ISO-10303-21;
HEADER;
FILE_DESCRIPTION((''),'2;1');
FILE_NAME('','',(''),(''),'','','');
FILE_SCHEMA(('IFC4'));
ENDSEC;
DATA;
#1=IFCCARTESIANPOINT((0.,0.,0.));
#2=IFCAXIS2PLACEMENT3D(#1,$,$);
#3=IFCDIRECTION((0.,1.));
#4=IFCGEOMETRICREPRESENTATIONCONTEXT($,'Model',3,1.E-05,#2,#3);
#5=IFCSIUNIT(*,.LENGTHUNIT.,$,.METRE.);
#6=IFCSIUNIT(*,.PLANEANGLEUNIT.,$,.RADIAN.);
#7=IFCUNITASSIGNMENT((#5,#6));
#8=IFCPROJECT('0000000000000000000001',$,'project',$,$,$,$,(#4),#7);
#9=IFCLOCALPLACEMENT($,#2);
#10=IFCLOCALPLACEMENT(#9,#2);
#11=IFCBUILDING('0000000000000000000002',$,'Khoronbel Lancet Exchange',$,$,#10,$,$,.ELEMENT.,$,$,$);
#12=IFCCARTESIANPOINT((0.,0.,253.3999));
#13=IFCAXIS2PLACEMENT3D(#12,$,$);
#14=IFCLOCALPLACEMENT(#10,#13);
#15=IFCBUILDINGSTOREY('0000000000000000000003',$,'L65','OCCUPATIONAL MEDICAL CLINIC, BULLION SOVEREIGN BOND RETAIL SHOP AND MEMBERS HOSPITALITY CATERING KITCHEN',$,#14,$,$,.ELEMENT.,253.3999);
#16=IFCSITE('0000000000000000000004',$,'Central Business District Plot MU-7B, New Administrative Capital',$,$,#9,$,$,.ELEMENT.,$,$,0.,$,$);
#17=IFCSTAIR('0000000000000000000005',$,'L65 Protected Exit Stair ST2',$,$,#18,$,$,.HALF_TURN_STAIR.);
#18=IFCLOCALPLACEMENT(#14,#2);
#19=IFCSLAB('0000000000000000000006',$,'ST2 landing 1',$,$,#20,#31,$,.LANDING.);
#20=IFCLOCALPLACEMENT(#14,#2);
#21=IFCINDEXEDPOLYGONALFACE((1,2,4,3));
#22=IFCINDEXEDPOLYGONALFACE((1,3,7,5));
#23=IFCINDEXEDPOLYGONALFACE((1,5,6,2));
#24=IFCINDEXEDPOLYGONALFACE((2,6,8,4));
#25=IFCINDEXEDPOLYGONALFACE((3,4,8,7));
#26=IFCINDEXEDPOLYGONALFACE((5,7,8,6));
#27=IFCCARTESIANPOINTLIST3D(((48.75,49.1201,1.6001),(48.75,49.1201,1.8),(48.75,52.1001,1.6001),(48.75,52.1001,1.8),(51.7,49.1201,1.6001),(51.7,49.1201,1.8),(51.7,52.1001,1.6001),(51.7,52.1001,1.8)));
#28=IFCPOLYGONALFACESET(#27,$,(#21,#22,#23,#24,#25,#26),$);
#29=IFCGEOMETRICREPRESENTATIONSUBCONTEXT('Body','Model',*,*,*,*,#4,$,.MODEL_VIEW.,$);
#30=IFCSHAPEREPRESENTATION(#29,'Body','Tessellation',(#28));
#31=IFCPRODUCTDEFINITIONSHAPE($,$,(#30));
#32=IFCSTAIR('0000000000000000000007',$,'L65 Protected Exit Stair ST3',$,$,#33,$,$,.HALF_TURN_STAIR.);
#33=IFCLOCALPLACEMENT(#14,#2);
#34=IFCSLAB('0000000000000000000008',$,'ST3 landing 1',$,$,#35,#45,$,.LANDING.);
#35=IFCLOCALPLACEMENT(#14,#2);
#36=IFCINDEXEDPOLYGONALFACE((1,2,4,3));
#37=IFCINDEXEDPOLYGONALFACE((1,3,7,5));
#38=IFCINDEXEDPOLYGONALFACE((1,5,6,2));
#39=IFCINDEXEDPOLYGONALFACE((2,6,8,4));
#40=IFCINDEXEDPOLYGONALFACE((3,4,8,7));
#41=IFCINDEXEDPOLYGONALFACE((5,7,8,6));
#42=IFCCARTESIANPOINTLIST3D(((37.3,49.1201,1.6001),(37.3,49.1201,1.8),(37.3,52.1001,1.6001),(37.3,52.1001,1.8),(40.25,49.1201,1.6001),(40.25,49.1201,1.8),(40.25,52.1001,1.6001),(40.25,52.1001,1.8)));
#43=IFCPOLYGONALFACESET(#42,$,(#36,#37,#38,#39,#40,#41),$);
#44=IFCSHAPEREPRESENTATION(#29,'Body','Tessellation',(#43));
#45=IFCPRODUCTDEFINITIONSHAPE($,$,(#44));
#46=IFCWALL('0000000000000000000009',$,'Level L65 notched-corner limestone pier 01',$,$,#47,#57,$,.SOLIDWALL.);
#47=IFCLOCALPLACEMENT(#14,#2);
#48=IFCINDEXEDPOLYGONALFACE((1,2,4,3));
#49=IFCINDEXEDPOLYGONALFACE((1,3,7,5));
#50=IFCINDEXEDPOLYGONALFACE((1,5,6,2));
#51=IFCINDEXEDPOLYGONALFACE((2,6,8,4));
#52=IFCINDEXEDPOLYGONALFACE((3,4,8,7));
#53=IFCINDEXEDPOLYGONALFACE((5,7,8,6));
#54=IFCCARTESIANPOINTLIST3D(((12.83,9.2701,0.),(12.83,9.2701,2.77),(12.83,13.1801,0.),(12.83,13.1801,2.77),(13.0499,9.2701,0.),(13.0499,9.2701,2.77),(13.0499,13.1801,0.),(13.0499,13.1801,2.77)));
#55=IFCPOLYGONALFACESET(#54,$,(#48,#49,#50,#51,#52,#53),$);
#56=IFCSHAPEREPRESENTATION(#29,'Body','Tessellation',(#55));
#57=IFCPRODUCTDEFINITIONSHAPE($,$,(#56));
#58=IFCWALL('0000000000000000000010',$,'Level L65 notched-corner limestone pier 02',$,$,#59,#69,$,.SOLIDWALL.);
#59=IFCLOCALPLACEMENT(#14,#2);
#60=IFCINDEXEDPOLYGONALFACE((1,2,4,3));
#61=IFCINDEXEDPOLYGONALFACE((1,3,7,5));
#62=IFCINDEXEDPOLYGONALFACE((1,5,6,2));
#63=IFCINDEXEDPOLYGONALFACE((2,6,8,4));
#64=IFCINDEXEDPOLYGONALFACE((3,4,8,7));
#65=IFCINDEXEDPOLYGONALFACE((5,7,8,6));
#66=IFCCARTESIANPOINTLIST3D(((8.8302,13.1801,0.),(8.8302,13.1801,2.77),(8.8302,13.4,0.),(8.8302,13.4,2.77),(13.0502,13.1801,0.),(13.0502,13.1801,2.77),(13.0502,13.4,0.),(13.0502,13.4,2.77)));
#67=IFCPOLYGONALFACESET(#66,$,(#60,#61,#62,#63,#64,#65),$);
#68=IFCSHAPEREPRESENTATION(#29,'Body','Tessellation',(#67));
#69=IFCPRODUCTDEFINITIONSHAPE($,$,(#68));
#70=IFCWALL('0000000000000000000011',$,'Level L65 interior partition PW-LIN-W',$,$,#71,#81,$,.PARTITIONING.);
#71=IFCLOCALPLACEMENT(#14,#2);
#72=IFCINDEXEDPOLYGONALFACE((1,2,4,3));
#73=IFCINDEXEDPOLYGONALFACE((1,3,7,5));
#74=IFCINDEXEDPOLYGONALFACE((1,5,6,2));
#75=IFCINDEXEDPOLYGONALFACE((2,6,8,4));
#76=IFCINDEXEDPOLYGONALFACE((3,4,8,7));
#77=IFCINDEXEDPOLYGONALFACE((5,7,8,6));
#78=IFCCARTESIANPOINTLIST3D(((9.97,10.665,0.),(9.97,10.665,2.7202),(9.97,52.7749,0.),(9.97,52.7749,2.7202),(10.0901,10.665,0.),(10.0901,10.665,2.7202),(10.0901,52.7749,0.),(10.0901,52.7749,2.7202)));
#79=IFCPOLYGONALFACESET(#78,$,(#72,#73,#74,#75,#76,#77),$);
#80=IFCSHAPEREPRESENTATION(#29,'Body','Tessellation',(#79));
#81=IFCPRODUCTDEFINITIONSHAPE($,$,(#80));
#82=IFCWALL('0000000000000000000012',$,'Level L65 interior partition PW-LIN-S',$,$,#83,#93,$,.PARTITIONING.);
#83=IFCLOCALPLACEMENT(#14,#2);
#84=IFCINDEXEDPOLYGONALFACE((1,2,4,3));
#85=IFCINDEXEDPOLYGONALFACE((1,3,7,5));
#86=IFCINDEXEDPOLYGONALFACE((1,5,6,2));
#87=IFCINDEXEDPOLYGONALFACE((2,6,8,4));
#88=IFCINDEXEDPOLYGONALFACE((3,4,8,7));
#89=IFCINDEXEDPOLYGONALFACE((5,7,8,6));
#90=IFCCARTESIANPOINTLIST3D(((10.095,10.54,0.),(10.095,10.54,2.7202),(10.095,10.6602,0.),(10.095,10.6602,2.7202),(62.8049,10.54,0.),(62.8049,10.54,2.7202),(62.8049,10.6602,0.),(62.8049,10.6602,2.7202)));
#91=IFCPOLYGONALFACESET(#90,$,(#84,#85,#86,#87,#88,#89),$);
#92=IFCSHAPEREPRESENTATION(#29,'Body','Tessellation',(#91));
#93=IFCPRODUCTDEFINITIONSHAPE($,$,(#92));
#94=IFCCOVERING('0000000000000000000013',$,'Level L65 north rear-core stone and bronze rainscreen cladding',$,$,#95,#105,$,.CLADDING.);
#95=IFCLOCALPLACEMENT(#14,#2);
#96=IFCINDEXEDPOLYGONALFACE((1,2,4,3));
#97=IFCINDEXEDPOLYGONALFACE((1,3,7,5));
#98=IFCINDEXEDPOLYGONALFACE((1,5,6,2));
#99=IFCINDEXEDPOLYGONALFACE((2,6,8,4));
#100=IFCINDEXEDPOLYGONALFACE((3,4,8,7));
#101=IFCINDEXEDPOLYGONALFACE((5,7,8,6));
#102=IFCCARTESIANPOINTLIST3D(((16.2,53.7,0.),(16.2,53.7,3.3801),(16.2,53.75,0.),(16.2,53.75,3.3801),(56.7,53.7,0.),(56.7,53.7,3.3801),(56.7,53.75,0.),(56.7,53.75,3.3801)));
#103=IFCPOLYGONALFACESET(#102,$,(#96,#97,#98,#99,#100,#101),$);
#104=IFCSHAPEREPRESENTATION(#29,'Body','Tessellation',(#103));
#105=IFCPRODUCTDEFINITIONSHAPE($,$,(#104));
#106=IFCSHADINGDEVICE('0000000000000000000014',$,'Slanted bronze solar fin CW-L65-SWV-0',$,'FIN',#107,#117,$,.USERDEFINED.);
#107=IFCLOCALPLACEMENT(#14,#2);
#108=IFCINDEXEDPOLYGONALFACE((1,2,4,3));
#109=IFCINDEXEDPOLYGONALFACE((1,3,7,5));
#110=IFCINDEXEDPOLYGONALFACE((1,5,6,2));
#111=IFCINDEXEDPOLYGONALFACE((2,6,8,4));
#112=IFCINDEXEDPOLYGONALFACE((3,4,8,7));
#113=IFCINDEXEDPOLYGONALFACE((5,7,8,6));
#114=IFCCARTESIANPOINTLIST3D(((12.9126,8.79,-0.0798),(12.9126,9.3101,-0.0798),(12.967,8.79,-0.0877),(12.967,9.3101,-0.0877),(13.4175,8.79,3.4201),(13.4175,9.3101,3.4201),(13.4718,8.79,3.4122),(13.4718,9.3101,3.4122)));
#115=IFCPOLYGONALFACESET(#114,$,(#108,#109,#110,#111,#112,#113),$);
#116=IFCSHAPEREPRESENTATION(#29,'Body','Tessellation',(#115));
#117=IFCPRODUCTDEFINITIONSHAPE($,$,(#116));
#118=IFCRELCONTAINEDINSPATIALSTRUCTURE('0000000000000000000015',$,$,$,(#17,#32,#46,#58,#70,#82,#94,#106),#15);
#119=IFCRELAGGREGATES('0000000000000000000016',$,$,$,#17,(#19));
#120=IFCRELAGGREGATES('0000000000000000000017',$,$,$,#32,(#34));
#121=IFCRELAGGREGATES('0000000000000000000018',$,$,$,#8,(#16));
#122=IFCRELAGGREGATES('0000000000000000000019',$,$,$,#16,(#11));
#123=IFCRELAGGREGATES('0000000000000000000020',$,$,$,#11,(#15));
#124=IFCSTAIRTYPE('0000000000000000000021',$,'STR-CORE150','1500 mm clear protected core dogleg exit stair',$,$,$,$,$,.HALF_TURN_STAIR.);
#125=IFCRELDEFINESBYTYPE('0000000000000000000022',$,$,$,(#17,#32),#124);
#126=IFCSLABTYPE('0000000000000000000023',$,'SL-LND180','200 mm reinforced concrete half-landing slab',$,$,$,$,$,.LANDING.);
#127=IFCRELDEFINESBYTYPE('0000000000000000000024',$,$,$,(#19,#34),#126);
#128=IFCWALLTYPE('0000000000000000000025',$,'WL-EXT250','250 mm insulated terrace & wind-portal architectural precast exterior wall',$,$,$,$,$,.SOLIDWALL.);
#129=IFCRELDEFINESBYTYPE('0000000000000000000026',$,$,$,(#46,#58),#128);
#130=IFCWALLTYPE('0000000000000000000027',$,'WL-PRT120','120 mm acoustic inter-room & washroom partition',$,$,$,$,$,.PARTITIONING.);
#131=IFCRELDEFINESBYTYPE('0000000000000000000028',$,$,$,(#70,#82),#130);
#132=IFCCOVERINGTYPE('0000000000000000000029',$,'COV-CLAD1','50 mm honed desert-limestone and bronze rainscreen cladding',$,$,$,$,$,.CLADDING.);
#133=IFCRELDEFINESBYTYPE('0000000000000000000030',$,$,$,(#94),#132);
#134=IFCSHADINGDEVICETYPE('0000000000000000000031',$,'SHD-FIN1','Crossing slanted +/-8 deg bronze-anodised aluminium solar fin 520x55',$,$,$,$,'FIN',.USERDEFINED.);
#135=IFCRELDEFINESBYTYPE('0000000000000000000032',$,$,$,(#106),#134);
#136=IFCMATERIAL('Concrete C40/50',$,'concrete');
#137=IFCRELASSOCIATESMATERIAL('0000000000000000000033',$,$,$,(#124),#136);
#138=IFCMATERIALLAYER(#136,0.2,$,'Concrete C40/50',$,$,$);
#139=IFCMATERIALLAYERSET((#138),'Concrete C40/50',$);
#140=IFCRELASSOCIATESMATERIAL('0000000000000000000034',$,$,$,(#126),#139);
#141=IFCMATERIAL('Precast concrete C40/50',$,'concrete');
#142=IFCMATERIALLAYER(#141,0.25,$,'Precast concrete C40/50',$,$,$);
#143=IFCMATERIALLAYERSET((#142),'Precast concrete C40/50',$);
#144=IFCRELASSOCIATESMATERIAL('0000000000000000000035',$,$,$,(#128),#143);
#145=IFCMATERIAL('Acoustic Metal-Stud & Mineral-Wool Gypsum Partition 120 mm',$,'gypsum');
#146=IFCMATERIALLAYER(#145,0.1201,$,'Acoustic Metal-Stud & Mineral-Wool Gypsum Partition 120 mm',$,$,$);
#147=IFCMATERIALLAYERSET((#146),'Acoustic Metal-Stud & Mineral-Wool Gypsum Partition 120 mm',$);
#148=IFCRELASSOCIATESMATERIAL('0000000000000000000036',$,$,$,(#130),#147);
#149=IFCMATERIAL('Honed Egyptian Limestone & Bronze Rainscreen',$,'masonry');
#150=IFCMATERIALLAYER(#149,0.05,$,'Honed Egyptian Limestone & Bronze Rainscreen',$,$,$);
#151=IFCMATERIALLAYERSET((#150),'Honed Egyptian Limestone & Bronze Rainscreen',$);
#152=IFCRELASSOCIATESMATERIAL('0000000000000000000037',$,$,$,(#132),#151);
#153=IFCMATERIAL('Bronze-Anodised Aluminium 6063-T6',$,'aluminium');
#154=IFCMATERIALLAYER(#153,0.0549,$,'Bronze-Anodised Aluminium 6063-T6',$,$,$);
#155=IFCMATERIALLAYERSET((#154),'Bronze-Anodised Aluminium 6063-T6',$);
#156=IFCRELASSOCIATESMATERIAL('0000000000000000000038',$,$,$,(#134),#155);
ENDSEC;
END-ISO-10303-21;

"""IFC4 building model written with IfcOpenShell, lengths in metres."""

from ifc_helpers import new_model, si_unit, direction, frame, frame_2d, origin, place, context, subcontext, project, spatial, polyline, rectangle, outline, extrude, material, layer, layer_set, type_object, element, aggregate, save


model = new_model("IFC4")

# Units and contexts
model_context = context("Model", 3, precision=1e-05, world=origin(), true_north=direction((0.0, 1.0)))
body_context = subcontext(model_context, "Body", "Model", "MODEL_VIEW")
ifc_project = project(units=[si_unit("LENGTHUNIT", "METRE"), si_unit("PLANEANGLEUNIT", "RADIAN")], contexts=[model_context])

# Site, building, storey
site_placement = place(None, origin())
site = spatial("IfcSite", under=ifc_project, at=site_placement, Name="Central Business District Plot MU-7B, New Administrative Capital", CompositionType="ELEMENT", RefElevation=0.0)
building_placement = place(site_placement, origin())
building = spatial("IfcBuilding", under=site, at=building_placement, Name="Khoronbel Lancet Exchange", CompositionType="ELEMENT")
storey_placement = place(building_placement, frame((0.0, 0.0, 253.3999)))
storey = spatial("IfcBuildingStorey", under=building, at=storey_placement, Name="L65", Description="OCCUPATIONAL MEDICAL CLINIC, BULLION SOVEREIGN BOND RETAIL SHOP AND MEMBERS HOSPITALITY CATERING KITCHEN", CompositionType="ELEMENT", Elevation=253.3999)

# Shared definitions
ifc_material_1 = material(Name="Bronze-Anodised Aluminium 6063-T6", Category="aluminium")

# Shared definitions
ifc_material_2 = material(Name="Concrete C40/50", Category="concrete")

# Stairs, slabs
stair_type = type_object("IfcStairType", Name="STR-CORE150", Description="1500 mm clear protected core dogleg exit stair", PredefinedType="HALF_TURN_STAIR", material=ifc_material_2)
ifc_layer_1 = layer(ifc_material_2, 0.2, Name="Concrete C40/50")
ifc_layer_set_1 = layer_set([ifc_layer_1], Name="Concrete C40/50")
slab_type_1 = type_object("IfcSlabType", Name="SL-LND180", Description="200 mm reinforced concrete half-landing slab", PredefinedType="LANDING", material=ifc_layer_set_1)
stair_1_placement = place(storey_placement, origin())
stair_1 = element("IfcStair", 1, at=stair_1_placement, inside=storey, type_object=stair_type, Name="L65 Protected Exit Stair ST2", PredefinedType="HALF_TURN_STAIR")
slab_1_placement = place(storey_placement, frame((0.0, 0.0, 1.6001)))
slab_1 = element("IfcSlab", 2, at=slab_1_placement, type_object=slab_type_1, Name="ST2 landing 1", PredefinedType="LANDING", context=body_context, shape_type="SweptSolid", body=[
    extrude(outline(polyline([(51.7, 52.1001), (48.75, 52.1001), (48.75, 49.1201), (51.7, 49.1201), (51.7, 52.1001)])), origin(), (0.0, 0.0, 1.0), 0.2),
])
aggregate(stair_1, [slab_1])
stair_2_placement = place(storey_placement, origin())
stair_2 = element("IfcStair", 3, at=stair_2_placement, inside=storey, type_object=stair_type, Name="L65 Protected Exit Stair ST3", PredefinedType="HALF_TURN_STAIR")
slab_2_placement = place(storey_placement, frame((0.0, 0.0, 1.6001)))
slab_2 = element("IfcSlab", 4, at=slab_2_placement, type_object=slab_type_1, Name="ST3 landing 1", PredefinedType="LANDING", context=body_context, shape_type="SweptSolid", body=[
    extrude(outline(polyline([(37.3, 49.1201), (40.25, 49.1201), (40.25, 52.1001), (37.3, 52.1001), (37.3, 49.1201)])), origin(), (0.0, 0.0, 1.0), 0.2),
])
aggregate(stair_2, [slab_2])

# Walls
ifc_material_3 = material(Name="Precast concrete C40/50", Category="concrete")
ifc_layer_2 = layer(ifc_material_3, 0.25, Name="Precast concrete C40/50")
ifc_layer_set_2 = layer_set([ifc_layer_2], Name="Precast concrete C40/50")
wall_type_1 = type_object("IfcWallType", Name="WL-EXT250", Description="250 mm insulated terrace & wind-portal architectural precast exterior wall", PredefinedType="SOLIDWALL", material=ifc_layer_set_2)
wall_1_placement = place(storey_placement, frame((12.9399, 9.27, 0.0), z_axis=(0.0, 0.0, 1.0), x_axis=(0.0, 1.0, 0.0)))
element("IfcWall", 5, at=wall_1_placement, inside=storey, type_object=wall_type_1, Name="Level L65 notched-corner limestone pier 01", PredefinedType="SOLIDWALL", context=body_context, shape_type="SweptSolid", body=[
    extrude(rectangle(XDim=3.9099, YDim=0.22, at=frame_2d((1.9551, 0.0))), origin(), (0.0, 0.0, 1.0), 2.77),
])
wall_2_placement = place(storey_placement, frame((13.05, 13.29, 0.0), z_axis=(0.0, 0.0, 1.0), x_axis=(-1.0, 0.0, 0.0)))
element("IfcWall", 6, at=wall_2_placement, inside=storey, type_object=wall_type_1, Name="Level L65 notched-corner limestone pier 02", PredefinedType="SOLIDWALL", context=body_context, shape_type="SweptSolid", body=[
    extrude(rectangle(XDim=4.22, YDim=0.22, at=frame_2d((2.1099, 0.0))), origin(), (0.0, 0.0, 1.0), 2.77),
])
ifc_material_4 = material(Name="Acoustic Metal-Stud & Mineral-Wool Gypsum Partition 120 mm", Category="gypsum")
ifc_layer_3 = layer(ifc_material_4, 0.1201, Name="Acoustic Metal-Stud & Mineral-Wool Gypsum Partition 120 mm")
ifc_layer_set_3 = layer_set([ifc_layer_3], Name="Acoustic Metal-Stud & Mineral-Wool Gypsum Partition 120 mm")
wall_type_2 = type_object("IfcWallType", Name="WL-PRT120", Description="120 mm acoustic inter-room & washroom partition", PredefinedType="PARTITIONING", material=ifc_layer_set_3)
wall_3_placement = place(storey_placement, frame((10.03, 10.665, 0.0), z_axis=(0.0, 0.0, 1.0), x_axis=(0.0, 1.0, 0.0)))
element("IfcWall", 7, at=wall_3_placement, inside=storey, type_object=wall_type_2, Name="Level L65 interior partition PW-LIN-W", PredefinedType="PARTITIONING", context=body_context, shape_type="SweptSolid", body=[
    extrude(rectangle(XDim=42.1099, YDim=0.1201, at=frame_2d((21.0549, 0.0))), origin(), (0.0, 0.0, 1.0), 2.7202),
])
wall_4_placement = place(storey_placement, frame((10.095, 10.6001, 0.0), z_axis=(0.0, 0.0, 1.0), x_axis=(1.0, 0.0, 0.0)))
element("IfcWall", 8, at=wall_4_placement, inside=storey, type_object=wall_type_2, Name="Level L65 interior partition PW-LIN-S", PredefinedType="PARTITIONING", context=body_context, shape_type="SweptSolid", body=[
    extrude(rectangle(XDim=52.71, YDim=0.1201, at=frame_2d((26.355, 0.0))), origin(), (0.0, 0.0, 1.0), 2.7202),
])

# Covering
ifc_material_5 = material(Name="Honed Egyptian Limestone & Bronze Rainscreen", Category="masonry")
ifc_layer_4 = layer(ifc_material_5, 0.05, Name="Honed Egyptian Limestone & Bronze Rainscreen")
ifc_layer_set_4 = layer_set([ifc_layer_4], Name="Honed Egyptian Limestone & Bronze Rainscreen")
covering_type = type_object("IfcCoveringType", Name="COV-CLAD1", Description="50 mm honed desert-limestone and bronze rainscreen cladding", PredefinedType="CLADDING", material=ifc_layer_set_4)
covering_placement = place(storey_placement, origin())
element("IfcCovering", 9, at=covering_placement, inside=storey, type_object=covering_type, Name="Level L65 north rear-core stone and bronze rainscreen cladding", PredefinedType="CLADDING", context=body_context, shape_type="SweptSolid", body=[
    extrude(outline(polyline([(16.2, 53.7), (56.7, 53.7), (56.7, 53.75), (16.2, 53.75), (16.2, 53.7)])), origin(), (0.0, 0.0, 1.0), 3.3801),
])

# Shading device
ifc_layer_5 = layer(ifc_material_1, 0.0549, Name="Bronze-Anodised Aluminium 6063-T6")
ifc_layer_set_5 = layer_set([ifc_layer_5], Name="Bronze-Anodised Aluminium 6063-T6")
shading_device_type = type_object("IfcShadingDeviceType", Name="SHD-FIN1", Description="Crossing slanted +/-8 deg bronze-anodised aluminium solar fin 520x55", ElementType="FIN", PredefinedType="USERDEFINED", material=ifc_layer_set_5)
shading_device_placement = place(storey_placement, frame((12.9126, 9.3101, -0.0798), z_axis=(-0.989755, 0.0, 0.142774), x_axis=(0.0, -1.0, 0.0)))
element("IfcShadingDevice", 10, at=shading_device_placement, inside=storey, type_object=shading_device_type, Name="Slanted bronze solar fin CW-L65-SWV-0", ObjectType="FIN", PredefinedType="USERDEFINED", context=body_context, shape_type="SweptSolid", body=[
    extrude(outline(polyline([(0.0, 0.0), (0.52, 0.0), (0.52, 3.5361), (0.0, 3.5361), (0.0, 0.0)])), origin(), (0.0, 0.0, -1.0), 0.0549),
])

save(model, "model.ifc")
